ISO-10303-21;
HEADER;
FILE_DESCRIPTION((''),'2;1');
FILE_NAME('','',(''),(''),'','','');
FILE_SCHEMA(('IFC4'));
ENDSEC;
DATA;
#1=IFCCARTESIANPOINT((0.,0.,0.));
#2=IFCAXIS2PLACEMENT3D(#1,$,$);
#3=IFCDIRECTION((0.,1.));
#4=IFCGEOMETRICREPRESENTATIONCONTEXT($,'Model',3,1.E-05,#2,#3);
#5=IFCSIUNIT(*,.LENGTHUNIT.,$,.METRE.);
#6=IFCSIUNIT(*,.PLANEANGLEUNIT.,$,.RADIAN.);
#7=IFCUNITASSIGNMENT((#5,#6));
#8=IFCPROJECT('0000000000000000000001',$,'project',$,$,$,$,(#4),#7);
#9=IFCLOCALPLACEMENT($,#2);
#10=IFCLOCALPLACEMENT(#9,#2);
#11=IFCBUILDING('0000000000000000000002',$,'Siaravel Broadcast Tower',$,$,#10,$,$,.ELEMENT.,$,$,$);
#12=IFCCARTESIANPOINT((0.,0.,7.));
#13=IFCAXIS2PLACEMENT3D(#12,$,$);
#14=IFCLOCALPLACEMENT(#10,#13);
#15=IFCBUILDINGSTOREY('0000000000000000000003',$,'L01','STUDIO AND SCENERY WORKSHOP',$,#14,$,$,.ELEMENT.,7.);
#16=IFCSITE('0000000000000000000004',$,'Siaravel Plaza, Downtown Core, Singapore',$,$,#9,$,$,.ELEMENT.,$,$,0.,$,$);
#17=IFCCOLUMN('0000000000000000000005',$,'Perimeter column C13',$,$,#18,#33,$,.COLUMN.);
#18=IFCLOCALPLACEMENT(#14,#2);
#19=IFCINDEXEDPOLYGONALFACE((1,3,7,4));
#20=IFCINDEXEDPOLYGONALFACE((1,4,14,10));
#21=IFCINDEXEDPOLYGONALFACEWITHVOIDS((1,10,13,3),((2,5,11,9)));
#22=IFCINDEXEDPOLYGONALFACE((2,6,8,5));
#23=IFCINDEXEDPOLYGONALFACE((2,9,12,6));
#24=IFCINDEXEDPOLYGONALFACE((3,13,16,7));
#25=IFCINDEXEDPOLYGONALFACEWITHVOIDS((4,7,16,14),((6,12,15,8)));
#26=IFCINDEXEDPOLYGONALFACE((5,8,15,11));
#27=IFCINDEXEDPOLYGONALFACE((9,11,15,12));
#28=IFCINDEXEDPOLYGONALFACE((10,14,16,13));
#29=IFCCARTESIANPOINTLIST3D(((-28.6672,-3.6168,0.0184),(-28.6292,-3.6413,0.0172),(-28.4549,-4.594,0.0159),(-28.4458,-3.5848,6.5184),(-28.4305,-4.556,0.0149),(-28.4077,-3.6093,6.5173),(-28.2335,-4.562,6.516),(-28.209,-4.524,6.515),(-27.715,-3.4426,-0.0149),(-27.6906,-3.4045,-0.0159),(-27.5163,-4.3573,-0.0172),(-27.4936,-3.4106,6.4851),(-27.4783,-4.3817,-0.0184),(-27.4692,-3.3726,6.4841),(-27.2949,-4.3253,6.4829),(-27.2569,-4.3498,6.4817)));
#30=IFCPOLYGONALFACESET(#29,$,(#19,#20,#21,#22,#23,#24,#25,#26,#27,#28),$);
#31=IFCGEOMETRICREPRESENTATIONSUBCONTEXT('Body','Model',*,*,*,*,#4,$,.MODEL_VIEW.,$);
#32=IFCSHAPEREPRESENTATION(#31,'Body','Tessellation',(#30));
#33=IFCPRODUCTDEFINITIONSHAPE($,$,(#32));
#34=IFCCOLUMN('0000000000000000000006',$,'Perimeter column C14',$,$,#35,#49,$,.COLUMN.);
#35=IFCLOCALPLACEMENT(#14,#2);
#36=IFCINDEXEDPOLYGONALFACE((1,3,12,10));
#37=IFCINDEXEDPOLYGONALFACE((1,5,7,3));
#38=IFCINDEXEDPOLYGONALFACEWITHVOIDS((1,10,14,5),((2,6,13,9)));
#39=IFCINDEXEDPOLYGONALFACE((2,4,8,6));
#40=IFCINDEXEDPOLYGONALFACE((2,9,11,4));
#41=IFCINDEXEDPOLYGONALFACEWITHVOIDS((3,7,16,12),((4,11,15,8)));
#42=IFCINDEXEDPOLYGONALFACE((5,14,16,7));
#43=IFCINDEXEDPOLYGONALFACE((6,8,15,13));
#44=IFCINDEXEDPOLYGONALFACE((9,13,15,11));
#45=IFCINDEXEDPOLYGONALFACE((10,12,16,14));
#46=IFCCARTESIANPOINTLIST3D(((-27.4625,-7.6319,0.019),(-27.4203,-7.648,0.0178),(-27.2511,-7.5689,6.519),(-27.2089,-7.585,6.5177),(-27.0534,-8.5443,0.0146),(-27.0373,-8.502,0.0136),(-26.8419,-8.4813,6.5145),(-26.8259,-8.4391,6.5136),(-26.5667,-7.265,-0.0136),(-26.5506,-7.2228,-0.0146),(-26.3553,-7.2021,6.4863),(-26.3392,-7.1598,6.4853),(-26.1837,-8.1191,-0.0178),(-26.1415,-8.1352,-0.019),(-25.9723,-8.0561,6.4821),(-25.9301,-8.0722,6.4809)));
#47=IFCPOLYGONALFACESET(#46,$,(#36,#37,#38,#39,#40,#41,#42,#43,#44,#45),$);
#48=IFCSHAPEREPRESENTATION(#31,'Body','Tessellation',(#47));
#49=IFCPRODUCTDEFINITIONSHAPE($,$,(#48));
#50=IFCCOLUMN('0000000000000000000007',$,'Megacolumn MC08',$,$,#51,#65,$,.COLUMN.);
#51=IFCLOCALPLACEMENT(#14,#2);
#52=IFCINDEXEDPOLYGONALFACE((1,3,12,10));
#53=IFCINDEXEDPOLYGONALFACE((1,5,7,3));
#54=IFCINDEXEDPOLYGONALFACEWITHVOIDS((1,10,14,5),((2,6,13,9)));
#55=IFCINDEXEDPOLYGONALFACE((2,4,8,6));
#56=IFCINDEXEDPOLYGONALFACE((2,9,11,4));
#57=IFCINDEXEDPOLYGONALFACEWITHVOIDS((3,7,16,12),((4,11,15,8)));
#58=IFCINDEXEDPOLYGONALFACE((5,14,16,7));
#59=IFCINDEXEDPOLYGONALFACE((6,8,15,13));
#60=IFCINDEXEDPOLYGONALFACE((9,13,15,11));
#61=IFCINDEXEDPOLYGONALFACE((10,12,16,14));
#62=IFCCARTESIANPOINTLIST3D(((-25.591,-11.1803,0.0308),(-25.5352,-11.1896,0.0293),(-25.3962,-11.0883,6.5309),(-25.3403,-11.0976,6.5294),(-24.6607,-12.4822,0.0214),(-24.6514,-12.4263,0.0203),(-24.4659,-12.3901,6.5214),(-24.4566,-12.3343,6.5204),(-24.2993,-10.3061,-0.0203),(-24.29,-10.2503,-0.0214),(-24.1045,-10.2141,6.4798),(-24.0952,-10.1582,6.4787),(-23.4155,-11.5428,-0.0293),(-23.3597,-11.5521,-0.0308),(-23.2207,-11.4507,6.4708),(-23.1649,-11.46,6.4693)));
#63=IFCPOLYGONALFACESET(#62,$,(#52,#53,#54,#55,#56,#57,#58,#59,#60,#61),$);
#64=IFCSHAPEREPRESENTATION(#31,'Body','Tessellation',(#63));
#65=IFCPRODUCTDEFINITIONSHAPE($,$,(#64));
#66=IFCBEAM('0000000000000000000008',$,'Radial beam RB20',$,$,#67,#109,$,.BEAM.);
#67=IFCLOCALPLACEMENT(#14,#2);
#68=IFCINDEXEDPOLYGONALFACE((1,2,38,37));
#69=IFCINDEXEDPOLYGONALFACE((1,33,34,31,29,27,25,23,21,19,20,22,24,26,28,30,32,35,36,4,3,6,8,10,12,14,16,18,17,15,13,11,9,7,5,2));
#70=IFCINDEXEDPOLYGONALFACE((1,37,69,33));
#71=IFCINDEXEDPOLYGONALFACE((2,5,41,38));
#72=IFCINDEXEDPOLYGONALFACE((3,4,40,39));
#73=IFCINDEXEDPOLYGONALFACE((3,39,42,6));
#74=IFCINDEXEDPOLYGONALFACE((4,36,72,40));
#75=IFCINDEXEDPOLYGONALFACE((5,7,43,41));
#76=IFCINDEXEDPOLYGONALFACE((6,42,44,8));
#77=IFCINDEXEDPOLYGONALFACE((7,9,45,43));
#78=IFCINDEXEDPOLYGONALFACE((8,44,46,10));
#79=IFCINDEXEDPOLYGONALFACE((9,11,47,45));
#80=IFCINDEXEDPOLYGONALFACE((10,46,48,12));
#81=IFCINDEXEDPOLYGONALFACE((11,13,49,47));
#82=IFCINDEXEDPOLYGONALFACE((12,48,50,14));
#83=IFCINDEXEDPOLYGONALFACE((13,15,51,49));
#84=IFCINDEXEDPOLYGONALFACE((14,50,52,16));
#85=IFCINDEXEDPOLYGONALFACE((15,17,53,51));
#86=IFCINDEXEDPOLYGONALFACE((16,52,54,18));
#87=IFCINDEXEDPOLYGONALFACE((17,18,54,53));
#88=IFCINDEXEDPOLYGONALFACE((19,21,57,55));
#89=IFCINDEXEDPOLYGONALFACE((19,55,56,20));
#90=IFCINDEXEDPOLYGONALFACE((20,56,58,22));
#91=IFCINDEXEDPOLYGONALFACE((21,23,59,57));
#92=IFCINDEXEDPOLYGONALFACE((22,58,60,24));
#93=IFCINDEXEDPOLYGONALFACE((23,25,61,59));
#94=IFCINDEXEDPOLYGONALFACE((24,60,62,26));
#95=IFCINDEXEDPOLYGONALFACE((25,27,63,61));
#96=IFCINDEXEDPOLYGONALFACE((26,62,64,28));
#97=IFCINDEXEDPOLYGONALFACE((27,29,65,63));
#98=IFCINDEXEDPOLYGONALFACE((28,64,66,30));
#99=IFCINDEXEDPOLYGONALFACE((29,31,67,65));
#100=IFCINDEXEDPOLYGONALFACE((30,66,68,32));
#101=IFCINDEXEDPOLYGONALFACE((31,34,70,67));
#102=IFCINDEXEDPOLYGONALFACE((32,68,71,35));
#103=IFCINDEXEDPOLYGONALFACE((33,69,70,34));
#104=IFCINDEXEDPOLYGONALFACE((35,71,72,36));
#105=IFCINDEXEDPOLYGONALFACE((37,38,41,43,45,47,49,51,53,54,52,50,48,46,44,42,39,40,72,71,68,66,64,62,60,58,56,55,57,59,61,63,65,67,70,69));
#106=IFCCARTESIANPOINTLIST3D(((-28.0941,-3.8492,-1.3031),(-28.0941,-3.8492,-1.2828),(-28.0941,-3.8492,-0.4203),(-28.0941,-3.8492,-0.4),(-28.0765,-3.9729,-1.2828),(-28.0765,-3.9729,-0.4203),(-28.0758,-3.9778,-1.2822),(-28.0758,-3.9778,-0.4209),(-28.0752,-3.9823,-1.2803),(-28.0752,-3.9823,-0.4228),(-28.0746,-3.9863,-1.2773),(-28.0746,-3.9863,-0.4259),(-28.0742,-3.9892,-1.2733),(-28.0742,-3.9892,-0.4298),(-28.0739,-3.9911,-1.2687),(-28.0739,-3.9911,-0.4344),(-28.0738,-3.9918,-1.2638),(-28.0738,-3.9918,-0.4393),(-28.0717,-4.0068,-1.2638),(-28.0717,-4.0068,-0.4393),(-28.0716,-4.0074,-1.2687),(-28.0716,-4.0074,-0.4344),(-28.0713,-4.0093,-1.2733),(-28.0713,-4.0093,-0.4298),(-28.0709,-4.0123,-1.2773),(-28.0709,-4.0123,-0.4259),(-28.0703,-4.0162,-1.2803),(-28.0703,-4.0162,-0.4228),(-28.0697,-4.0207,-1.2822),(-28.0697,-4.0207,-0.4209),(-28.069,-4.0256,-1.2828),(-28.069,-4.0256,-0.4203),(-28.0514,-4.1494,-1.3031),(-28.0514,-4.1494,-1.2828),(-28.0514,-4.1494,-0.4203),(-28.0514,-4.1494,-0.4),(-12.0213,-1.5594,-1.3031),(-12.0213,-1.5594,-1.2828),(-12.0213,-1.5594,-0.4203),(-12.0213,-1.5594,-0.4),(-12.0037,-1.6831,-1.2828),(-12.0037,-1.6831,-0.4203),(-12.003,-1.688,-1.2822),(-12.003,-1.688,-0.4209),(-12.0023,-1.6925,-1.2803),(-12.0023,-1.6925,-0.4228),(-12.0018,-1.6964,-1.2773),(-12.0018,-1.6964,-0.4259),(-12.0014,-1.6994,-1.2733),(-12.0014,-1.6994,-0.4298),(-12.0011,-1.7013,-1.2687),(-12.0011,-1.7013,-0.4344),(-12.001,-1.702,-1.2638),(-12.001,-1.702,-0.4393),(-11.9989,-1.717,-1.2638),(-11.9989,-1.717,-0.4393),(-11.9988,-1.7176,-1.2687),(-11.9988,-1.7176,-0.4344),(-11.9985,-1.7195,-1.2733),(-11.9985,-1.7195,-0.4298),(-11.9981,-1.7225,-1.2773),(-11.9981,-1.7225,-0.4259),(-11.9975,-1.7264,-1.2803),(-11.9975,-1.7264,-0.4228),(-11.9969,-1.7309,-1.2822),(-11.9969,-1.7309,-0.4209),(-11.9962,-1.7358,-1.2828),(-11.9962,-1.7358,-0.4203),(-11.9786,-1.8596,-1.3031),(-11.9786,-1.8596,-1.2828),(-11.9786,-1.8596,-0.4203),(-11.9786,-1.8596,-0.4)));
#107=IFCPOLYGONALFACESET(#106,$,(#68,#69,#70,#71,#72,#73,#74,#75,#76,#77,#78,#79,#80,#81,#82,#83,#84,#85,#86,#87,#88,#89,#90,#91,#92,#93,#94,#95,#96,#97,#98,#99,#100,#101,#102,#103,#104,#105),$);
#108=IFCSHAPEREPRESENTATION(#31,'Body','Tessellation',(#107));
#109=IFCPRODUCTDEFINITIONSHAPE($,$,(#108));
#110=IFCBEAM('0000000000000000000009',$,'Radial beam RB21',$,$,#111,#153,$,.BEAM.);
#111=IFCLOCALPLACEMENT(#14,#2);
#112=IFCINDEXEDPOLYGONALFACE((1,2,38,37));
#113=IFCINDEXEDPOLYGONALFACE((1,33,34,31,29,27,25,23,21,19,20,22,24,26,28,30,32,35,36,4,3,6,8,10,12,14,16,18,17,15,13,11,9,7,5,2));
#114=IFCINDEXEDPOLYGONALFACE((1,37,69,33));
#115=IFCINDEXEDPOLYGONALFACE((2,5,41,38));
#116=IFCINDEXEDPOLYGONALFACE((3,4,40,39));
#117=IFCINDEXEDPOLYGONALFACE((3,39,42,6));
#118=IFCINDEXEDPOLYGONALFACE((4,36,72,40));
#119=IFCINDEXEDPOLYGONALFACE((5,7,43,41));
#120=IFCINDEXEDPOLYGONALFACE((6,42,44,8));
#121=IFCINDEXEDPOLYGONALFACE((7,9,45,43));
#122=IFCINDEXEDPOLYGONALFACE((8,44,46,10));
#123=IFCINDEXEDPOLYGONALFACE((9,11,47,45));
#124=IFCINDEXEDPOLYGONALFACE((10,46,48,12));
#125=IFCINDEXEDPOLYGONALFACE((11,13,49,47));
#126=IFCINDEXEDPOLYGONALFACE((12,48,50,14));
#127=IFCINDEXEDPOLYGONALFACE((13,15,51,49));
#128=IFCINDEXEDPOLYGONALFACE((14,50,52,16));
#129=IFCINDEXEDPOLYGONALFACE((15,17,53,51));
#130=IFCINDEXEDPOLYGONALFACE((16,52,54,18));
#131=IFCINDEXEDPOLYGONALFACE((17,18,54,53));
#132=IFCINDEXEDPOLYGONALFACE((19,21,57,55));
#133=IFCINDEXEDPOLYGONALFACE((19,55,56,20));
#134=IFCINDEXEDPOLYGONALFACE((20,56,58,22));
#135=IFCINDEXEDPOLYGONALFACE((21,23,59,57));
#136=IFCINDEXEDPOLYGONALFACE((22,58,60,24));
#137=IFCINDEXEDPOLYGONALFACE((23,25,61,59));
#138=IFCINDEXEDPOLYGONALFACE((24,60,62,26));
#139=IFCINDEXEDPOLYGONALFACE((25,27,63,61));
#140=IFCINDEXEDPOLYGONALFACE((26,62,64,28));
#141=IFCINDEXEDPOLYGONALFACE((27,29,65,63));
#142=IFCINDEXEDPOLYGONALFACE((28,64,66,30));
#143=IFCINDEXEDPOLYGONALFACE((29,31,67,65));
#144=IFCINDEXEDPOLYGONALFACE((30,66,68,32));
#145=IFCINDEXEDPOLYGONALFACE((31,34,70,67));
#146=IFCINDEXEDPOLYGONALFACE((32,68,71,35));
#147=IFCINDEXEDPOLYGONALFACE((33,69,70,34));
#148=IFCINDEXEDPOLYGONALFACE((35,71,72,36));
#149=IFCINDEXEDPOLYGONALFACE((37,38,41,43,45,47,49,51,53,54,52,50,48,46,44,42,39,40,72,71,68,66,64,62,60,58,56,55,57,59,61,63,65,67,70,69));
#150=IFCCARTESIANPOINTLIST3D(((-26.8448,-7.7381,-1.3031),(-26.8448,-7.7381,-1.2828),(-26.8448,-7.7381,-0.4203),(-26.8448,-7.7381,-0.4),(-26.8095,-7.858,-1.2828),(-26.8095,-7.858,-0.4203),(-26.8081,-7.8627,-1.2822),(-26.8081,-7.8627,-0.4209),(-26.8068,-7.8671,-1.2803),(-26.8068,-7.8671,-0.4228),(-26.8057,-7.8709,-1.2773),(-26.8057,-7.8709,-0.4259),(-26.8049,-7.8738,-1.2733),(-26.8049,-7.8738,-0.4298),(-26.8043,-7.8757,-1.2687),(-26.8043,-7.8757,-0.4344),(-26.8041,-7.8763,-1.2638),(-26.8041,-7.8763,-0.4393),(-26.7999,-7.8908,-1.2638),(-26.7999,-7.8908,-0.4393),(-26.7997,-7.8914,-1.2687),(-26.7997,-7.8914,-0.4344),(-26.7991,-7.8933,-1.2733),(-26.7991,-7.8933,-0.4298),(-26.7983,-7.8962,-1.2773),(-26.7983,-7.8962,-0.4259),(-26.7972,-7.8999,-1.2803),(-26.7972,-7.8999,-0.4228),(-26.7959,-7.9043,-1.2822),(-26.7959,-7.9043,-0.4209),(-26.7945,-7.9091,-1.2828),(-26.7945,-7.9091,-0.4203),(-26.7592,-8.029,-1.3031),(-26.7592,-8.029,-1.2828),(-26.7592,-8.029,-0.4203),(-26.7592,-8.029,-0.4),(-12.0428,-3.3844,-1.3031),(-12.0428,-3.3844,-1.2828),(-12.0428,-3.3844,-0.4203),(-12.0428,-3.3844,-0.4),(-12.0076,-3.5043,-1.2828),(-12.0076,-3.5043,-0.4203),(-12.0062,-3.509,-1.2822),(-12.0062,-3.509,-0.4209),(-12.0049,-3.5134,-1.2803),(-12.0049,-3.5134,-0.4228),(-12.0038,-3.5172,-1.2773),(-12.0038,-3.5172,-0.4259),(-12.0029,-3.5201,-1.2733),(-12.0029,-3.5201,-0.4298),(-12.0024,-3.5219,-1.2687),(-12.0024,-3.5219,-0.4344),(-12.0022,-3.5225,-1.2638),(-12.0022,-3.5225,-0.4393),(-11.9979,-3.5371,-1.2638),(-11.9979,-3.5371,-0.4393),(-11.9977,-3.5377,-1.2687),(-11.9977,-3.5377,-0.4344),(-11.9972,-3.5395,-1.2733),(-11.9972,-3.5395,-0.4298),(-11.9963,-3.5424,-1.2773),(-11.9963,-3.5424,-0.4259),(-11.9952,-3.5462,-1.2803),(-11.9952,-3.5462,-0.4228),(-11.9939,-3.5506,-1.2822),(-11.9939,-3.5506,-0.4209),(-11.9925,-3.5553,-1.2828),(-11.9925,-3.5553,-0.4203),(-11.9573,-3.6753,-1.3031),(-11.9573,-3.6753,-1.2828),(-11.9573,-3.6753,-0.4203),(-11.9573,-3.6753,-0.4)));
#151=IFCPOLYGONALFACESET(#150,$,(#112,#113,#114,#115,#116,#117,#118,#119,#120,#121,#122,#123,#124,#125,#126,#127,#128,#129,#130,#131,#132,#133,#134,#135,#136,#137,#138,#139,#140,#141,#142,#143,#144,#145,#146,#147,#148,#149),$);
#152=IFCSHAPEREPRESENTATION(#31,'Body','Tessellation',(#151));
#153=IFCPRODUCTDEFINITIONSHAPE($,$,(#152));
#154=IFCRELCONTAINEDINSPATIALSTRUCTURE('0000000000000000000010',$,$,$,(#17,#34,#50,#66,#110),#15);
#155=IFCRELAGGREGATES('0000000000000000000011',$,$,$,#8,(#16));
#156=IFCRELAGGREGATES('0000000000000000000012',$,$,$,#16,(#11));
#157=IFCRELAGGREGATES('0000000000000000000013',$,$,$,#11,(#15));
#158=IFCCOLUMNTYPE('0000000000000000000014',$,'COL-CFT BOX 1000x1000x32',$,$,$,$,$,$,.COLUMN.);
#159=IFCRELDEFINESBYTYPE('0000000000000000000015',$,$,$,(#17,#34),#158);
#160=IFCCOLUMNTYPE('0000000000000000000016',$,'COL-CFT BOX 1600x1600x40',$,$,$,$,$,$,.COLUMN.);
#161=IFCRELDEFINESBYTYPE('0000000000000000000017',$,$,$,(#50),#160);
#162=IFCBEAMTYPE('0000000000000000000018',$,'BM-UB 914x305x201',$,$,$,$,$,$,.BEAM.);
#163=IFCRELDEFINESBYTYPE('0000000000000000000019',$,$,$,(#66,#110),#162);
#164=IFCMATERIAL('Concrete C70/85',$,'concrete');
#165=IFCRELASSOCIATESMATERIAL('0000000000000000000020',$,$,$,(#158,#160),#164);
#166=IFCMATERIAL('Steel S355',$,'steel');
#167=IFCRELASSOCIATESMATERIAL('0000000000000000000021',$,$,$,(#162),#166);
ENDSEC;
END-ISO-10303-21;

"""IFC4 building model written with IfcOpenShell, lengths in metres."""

from ifc_helpers import new_model, si_unit, direction, frame, origin, origin_2d, place, context, subcontext, project, spatial, hollow_rectangle, i_section, extrude, material, material_profile, profile_set, type_object, element, save


model = new_model("IFC4")

# Units and contexts
model_context = context("Model", 3, precision=1e-05, world=origin(), true_north=direction((0.0, 1.0)))
body_context = subcontext(model_context, "Body", "Model", "MODEL_VIEW")
ifc_project = project(units=[si_unit("LENGTHUNIT", "METRE"), si_unit("PLANEANGLEUNIT", "RADIAN")], contexts=[model_context])

# Site, building, storey
site_placement = place(None, origin())
site = spatial("IfcSite", under=ifc_project, at=site_placement, Name="Siaravel Plaza, Downtown Core, Singapore", CompositionType="ELEMENT", RefElevation=0.0)
building_placement = place(site_placement, origin())
building = spatial("IfcBuilding", under=site, at=building_placement, Name="Siaravel Broadcast Tower", CompositionType="ELEMENT")
storey_placement = place(building_placement, frame((0.0, 0.0, 7.0)))
storey = spatial("IfcBuildingStorey", under=building, at=storey_placement, Name="L01", Description="STUDIO AND SCENERY WORKSHOP", CompositionType="ELEMENT", Elevation=7.0)

# Columns
ifc_material_1 = material(Name="Concrete C70/85", Category="concrete")
ifc_material_profile_1 = material_profile(ifc_material_1, hollow_rectangle(XDim=1.0, YDim=1.0, WallThickness=0.032, at=origin_2d()))
ifc_profile_set_1 = profile_set([ifc_material_profile_1], Name="Concrete C70/85")
column_type_1 = type_object("IfcColumnType", Name="COL-CFT BOX 1000x1000x32", PredefinedType="COLUMN", material=ifc_profile_set_1)
column_1_placement = place(storey_placement, frame((-28.0728, -3.9993, 0.0), z_axis=(0.034047, 0.004917, 0.999408), x_axis=(-0.212299, 0.977202, 0.002424)))
element("IfcColumn", 1, at=column_1_placement, inside=storey, type_object=column_type_1, Name="Perimeter column C13", PredefinedType="COLUMN", context=body_context, shape_type="SweptSolid", body=[
    extrude(hollow_rectangle(XDim=1.0, YDim=1.0, WallThickness=0.032, at=origin_2d()), origin(), (0.0, 0.0, 1.0), 6.5039),
])
column_2_placement = place(storey_placement, frame((-26.802, -7.8835, 0.0), z_axis=(0.032508, 0.009685, 0.999425), x_axis=(-0.409165, 0.91245, 0.004467)))
element("IfcColumn", 2, at=column_2_placement, inside=storey, type_object=column_type_1, Name="Perimeter column C14", PredefinedType="COLUMN", context=body_context, shape_type="SweptSolid", body=[
    extrude(hollow_rectangle(XDim=1.0, YDim=1.0, WallThickness=0.032, at=origin_2d()), origin(), (0.0, 0.0, 1.0), 6.5037),
])
ifc_material_profile_2 = material_profile(ifc_material_1, hollow_rectangle(XDim=1.6001, YDim=1.6001, WallThickness=0.04, at=origin_2d()))
ifc_profile_set_2 = profile_set([ifc_material_profile_2], Name="Concrete C70/85")
column_type_2 = type_object("IfcColumnType", Name="COL-CFT BOX 1600x1600x40", PredefinedType="COLUMN", material=ifc_profile_set_2)
column_3_placement = place(storey_placement, frame((-24.4753, -11.3662, 0.0), z_axis=(0.029957, 0.014152, 0.999451), x_axis=(-0.581403, 0.813594, 0.005906)))
element("IfcColumn", 3, at=column_3_placement, inside=storey, type_object=column_type_2, Name="Megacolumn MC08", PredefinedType="COLUMN", context=body_context, shape_type="SweptSolid", body=[
    extrude(hollow_rectangle(XDim=1.6001, YDim=1.6001, WallThickness=0.04, at=origin_2d()), origin(), (0.0, 0.0, 1.0), 6.5037),
])

# Beams
ifc_material_2 = material(Name="Steel S355", Category="steel")
ifc_material_profile_3 = material_profile(ifc_material_2, i_section(OverallWidth=0.3032, OverallDepth=0.9031, WebThickness=0.0151, FlangeThickness=0.0203, FilletRadius=0.019, at=origin_2d()))
ifc_profile_set_3 = profile_set([ifc_material_profile_3], Name="Steel S355")
beam_type = type_object("IfcBeamType", Name="BM-UB 914x305x201", PredefinedType="BEAM", material=ifc_profile_set_3)
beam_1_placement = place(storey_placement, frame((-28.0728, -3.9993, -0.8516), z_axis=(0.990004, 0.14104, 0.0), x_axis=(-0.14104, 0.990004, 0.0)))
element("IfcBeam", 4, at=beam_1_placement, inside=storey, type_object=beam_type, Name="Radial beam RB20", PredefinedType="BEAM", context=body_context, shape_type="SweptSolid", body=[
    extrude(i_section(OverallWidth=0.3032, OverallDepth=0.9031, WebThickness=0.0151, FlangeThickness=0.0203, FilletRadius=0.019, at=origin_2d()), origin(), (0.0, 0.0, 1.0), 16.2351),
])
beam_2_placement = place(storey_placement, frame((-26.802, -7.8835, -0.8516), z_axis=(0.959361, 0.28218, 0.0), x_axis=(-0.28218, 0.959361, 0.0)))
element("IfcBeam", 5, at=beam_2_placement, inside=storey, type_object=beam_type, Name="Radial beam RB21", PredefinedType="BEAM", context=body_context, shape_type="SweptSolid", body=[
    extrude(i_section(OverallWidth=0.3032, OverallDepth=0.9031, WebThickness=0.0151, FlangeThickness=0.0203, FilletRadius=0.019, at=origin_2d()), origin(), (0.0, 0.0, 1.0), 15.429),
])

save(model, "model.ifc")
